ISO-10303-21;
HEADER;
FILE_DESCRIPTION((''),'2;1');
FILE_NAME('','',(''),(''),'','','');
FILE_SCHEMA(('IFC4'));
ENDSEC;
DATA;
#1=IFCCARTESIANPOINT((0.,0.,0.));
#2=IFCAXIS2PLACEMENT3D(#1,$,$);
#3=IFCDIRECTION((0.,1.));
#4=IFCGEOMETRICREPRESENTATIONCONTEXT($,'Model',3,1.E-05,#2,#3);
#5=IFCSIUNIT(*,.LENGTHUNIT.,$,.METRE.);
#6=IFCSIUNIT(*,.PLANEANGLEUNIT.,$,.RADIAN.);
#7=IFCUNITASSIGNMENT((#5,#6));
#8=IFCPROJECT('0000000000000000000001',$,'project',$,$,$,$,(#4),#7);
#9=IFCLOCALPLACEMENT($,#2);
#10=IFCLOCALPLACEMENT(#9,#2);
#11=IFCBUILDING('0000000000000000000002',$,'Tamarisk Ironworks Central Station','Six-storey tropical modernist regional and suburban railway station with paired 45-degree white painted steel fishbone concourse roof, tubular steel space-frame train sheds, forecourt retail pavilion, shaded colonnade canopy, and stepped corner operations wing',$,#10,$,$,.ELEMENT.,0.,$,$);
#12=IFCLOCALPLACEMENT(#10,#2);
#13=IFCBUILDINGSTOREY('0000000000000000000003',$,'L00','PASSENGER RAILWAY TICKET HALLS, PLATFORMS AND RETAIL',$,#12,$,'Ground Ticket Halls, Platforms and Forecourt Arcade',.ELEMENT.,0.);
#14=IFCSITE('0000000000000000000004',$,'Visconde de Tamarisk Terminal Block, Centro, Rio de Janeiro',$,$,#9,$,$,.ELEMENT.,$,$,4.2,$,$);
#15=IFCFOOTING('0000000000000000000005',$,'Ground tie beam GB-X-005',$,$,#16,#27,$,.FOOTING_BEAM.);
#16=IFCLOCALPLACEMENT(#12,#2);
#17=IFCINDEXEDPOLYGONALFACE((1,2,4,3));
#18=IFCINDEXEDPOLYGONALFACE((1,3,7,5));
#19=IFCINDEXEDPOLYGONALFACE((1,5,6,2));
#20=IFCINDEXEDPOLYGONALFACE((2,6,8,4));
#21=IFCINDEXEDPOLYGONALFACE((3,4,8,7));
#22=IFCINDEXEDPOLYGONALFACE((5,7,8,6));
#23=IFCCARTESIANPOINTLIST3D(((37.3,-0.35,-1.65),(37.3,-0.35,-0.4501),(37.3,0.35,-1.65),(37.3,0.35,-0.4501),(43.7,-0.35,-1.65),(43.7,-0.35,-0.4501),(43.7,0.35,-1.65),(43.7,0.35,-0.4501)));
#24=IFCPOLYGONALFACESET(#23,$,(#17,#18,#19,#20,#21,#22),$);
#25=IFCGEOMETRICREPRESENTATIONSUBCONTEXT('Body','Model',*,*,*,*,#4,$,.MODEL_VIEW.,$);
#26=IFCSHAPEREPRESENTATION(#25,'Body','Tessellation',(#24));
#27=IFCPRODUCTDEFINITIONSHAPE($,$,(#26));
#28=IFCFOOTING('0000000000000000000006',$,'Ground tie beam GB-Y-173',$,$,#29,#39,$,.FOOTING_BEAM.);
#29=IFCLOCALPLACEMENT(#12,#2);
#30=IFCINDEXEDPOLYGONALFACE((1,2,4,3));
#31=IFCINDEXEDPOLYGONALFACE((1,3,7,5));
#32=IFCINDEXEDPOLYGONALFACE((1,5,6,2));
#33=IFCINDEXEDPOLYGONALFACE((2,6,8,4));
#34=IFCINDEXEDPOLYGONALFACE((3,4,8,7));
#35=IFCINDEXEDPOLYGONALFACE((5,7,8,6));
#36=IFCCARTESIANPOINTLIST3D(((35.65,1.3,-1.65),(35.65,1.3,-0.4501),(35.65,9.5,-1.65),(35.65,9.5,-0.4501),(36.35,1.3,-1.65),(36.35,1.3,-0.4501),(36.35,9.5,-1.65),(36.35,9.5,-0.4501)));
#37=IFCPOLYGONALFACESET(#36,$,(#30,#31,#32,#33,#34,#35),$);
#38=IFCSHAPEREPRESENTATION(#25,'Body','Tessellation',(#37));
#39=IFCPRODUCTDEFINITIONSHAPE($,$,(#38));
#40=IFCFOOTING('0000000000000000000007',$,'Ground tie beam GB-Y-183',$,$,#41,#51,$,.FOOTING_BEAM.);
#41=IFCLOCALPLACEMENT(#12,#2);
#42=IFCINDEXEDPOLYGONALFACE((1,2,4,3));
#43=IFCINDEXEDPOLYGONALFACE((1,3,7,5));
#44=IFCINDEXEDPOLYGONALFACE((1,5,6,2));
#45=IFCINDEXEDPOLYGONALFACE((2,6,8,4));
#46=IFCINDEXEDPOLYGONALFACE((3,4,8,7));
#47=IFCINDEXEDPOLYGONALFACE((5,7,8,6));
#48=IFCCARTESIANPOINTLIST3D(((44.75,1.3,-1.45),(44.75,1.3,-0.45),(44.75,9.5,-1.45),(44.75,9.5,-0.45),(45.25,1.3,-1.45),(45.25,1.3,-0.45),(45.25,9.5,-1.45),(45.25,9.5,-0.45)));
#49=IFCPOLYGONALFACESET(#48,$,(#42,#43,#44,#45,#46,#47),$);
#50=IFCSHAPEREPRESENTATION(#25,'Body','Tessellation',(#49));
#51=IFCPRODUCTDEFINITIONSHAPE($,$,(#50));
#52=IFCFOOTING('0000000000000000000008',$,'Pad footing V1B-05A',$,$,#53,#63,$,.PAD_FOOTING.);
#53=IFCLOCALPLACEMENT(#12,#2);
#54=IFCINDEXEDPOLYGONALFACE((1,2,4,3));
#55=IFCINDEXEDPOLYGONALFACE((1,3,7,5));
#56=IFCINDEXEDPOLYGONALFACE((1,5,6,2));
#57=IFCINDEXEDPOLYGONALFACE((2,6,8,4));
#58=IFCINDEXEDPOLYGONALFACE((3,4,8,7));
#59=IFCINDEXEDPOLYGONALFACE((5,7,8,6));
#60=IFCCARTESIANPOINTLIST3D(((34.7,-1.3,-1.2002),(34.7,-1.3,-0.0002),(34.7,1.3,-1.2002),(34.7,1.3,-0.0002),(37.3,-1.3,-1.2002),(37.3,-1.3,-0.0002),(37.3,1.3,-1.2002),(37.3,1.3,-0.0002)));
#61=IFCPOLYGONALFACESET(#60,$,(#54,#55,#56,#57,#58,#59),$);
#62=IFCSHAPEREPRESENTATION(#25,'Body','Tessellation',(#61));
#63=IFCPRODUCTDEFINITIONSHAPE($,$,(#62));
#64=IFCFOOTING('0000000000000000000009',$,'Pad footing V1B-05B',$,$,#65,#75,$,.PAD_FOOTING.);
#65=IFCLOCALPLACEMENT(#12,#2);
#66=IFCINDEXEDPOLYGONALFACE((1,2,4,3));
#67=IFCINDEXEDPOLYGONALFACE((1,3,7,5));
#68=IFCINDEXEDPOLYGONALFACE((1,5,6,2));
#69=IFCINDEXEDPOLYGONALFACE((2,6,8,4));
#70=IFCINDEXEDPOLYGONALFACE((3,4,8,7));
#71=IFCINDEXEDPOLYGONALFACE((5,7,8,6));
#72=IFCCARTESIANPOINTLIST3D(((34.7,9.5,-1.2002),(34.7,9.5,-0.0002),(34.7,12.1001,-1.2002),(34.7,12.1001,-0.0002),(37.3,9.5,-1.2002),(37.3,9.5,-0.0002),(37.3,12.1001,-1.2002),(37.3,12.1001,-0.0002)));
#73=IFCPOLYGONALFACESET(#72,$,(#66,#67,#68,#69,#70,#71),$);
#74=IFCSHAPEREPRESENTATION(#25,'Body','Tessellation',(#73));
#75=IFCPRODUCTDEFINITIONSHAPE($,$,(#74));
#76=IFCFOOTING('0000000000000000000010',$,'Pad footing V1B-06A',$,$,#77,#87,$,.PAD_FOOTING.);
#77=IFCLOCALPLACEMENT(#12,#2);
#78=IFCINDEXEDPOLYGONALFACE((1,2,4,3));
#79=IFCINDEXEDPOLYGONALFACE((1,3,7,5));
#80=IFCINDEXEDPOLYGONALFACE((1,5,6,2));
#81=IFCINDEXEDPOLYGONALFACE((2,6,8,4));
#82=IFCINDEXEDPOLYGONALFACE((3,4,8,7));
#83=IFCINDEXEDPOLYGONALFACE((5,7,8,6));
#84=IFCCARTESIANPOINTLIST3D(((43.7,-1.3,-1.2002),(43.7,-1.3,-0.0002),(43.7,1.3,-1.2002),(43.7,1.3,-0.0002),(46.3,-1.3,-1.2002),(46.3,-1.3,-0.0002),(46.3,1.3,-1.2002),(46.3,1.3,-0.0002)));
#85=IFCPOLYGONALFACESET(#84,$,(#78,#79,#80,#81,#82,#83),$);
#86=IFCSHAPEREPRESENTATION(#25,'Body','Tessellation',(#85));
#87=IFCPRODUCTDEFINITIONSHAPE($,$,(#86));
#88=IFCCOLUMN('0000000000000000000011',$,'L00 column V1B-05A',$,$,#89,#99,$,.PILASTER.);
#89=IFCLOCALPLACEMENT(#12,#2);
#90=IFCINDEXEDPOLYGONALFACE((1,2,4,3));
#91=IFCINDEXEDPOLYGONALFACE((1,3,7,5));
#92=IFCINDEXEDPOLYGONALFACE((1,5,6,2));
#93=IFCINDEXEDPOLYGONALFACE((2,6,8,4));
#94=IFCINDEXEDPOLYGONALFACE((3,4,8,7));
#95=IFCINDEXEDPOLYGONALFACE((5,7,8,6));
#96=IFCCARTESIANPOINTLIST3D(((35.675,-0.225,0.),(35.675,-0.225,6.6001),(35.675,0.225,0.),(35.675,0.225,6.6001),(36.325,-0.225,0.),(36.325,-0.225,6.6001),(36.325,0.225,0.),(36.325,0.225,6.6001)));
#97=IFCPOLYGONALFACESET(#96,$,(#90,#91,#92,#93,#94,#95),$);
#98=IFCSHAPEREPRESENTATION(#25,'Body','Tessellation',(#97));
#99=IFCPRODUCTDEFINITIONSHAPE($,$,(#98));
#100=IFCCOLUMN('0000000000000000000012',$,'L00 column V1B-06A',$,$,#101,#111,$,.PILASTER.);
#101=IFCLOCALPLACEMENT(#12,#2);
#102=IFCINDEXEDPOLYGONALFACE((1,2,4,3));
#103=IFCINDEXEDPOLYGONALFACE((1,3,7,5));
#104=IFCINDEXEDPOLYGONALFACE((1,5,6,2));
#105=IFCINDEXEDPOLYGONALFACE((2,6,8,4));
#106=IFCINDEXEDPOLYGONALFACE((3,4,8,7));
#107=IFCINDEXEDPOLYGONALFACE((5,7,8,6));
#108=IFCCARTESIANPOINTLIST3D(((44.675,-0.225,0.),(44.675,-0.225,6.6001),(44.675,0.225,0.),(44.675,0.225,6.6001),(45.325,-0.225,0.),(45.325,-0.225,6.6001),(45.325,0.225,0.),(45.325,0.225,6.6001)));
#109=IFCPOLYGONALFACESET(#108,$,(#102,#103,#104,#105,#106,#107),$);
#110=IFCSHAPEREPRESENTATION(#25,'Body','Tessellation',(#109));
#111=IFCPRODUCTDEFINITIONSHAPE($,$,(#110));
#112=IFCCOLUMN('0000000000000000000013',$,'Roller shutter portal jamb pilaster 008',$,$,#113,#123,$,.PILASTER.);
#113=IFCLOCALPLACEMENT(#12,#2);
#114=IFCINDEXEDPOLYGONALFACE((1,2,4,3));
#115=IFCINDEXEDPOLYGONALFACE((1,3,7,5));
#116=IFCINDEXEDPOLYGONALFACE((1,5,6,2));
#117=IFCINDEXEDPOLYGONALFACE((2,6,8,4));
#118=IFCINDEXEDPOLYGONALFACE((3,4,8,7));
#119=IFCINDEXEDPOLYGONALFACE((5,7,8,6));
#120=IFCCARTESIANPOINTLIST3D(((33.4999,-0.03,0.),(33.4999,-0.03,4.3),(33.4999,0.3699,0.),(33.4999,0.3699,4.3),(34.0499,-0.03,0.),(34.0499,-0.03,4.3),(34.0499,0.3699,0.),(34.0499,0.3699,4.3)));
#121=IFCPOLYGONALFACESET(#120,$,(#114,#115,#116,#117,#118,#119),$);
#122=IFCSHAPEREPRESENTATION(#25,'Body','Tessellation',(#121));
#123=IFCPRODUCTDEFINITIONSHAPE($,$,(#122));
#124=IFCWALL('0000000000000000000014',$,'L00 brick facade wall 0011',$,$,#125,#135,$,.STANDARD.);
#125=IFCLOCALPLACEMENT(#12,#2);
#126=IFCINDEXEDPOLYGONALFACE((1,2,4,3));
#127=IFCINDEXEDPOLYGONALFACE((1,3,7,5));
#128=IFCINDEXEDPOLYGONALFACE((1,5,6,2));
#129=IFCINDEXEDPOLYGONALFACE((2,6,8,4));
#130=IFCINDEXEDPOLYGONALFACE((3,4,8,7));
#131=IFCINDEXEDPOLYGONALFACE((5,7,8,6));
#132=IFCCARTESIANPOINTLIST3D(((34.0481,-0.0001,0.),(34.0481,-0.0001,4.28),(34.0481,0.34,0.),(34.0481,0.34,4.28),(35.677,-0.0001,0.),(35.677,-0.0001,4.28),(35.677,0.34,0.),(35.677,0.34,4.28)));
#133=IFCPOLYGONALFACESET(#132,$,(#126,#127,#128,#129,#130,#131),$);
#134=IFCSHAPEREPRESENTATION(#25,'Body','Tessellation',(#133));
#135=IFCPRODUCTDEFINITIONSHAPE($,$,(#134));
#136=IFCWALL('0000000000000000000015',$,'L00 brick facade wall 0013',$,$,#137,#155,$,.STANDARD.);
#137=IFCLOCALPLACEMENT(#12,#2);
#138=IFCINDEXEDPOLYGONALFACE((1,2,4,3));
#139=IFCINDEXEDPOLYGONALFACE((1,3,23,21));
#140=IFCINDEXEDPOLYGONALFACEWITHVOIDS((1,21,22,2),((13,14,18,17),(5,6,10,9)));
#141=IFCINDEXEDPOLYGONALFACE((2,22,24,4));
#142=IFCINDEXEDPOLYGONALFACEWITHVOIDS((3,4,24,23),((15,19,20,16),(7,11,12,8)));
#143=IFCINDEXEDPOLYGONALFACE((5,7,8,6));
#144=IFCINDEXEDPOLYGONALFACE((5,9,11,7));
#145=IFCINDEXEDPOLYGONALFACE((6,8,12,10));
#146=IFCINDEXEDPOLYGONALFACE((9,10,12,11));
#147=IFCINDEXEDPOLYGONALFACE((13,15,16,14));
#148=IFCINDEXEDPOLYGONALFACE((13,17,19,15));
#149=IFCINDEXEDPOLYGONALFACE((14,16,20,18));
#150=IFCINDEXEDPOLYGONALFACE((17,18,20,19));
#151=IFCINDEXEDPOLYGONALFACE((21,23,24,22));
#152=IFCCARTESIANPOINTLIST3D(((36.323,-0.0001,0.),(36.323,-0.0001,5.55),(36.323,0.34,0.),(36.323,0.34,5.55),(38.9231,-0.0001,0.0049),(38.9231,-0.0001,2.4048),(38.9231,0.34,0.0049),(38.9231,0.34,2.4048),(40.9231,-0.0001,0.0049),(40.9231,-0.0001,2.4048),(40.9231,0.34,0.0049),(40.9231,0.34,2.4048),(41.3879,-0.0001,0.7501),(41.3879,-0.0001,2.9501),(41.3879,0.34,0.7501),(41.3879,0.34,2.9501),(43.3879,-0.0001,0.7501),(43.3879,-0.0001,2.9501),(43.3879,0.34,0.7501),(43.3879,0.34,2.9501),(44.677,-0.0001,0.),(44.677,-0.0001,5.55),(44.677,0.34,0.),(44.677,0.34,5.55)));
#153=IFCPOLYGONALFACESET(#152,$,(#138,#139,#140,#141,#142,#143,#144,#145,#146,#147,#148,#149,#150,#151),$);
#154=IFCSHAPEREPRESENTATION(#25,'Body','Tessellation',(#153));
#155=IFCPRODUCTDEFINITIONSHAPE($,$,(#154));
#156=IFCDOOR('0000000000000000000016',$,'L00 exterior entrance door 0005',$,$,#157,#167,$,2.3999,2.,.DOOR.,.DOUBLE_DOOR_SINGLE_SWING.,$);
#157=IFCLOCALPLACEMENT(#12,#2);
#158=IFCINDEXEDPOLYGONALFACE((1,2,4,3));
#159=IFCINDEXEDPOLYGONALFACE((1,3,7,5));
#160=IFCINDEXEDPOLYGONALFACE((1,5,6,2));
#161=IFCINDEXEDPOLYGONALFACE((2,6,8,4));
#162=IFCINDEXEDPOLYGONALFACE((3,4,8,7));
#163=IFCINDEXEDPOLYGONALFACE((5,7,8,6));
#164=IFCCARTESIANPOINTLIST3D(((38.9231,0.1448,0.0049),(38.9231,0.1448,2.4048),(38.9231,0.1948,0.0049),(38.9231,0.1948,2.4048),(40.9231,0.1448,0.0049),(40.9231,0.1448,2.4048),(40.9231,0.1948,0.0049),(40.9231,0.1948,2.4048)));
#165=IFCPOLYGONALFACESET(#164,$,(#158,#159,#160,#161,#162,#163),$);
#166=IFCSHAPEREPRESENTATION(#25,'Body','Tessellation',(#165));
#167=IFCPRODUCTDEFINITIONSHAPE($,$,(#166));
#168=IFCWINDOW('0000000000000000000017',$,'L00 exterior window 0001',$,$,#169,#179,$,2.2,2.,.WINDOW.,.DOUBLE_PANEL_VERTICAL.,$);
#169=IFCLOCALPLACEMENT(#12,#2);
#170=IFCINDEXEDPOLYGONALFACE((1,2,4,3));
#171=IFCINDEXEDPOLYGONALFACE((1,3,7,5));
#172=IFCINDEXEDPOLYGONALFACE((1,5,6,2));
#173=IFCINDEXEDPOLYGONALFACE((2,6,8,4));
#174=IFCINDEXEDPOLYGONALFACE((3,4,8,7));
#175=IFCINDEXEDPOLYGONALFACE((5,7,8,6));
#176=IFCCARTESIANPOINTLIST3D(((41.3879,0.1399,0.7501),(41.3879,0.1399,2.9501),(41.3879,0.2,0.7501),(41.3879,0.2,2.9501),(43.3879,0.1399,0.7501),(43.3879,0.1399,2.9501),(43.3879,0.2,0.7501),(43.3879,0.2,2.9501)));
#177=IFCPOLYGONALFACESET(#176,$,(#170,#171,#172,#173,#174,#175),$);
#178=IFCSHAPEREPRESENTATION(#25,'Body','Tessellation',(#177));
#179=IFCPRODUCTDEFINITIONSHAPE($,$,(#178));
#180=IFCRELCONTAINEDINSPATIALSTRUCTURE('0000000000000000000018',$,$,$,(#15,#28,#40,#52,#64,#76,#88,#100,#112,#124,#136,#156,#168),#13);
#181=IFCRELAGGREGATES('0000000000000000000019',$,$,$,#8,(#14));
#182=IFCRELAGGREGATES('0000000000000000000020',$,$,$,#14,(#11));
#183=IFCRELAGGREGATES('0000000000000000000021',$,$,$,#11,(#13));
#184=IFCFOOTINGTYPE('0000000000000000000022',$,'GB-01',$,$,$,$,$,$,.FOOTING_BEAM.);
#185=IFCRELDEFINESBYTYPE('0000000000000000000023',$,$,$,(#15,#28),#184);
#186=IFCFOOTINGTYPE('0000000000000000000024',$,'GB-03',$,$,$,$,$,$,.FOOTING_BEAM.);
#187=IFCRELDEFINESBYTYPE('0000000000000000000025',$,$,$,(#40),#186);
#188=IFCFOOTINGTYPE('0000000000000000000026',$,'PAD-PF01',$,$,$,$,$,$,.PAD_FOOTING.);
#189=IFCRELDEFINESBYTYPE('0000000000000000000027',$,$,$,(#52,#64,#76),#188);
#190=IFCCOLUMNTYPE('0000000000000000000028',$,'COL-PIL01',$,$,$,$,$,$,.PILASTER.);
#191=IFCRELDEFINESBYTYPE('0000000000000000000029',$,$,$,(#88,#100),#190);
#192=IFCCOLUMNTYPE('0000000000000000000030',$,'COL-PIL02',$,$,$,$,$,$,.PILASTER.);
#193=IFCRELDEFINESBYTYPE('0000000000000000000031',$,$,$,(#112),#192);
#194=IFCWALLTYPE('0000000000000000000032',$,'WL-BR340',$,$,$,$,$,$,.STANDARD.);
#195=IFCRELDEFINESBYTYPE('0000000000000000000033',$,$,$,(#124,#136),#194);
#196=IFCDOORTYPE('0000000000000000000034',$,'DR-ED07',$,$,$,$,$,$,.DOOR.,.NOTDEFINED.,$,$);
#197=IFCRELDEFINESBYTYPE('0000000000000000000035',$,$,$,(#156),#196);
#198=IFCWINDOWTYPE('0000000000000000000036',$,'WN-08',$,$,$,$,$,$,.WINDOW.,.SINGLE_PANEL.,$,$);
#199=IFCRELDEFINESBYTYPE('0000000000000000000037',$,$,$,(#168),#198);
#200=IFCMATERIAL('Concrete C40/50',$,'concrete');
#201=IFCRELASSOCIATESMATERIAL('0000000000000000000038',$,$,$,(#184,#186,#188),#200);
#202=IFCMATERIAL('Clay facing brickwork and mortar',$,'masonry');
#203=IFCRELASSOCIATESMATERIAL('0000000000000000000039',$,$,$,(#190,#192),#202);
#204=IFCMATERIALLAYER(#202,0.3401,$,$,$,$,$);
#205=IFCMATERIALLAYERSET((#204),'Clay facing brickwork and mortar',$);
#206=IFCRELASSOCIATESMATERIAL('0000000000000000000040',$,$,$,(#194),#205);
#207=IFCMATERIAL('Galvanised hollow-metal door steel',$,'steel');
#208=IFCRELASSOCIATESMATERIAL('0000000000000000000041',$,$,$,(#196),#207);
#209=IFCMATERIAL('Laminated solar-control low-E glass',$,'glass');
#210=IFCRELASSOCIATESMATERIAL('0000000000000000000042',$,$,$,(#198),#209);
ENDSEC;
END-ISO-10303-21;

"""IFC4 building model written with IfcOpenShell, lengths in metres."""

from ifc_helpers import new_model, si_unit, direction, frame, frame_2d, origin, origin_2d, place, context, subcontext, project, spatial, rectangle, extrude, material, layer, layer_set, material_profile, profile_set, type_object, element, fill, save


model = new_model("IFC4")

# Units and contexts
model_context = context("Model", 3, precision=1e-05, world=origin(), true_north=direction((0.0, 1.0)))
body_context = subcontext(model_context, "Body", "Model", "MODEL_VIEW")
ifc_project = project(units=[si_unit("LENGTHUNIT", "METRE"), si_unit("PLANEANGLEUNIT", "RADIAN")], contexts=[model_context])

# Site, building, storey
site_placement = place(None, origin())
site = spatial("IfcSite", under=ifc_project, at=site_placement, Name="Visconde de Tamarisk Terminal Block, Centro, Rio de Janeiro", CompositionType="ELEMENT", RefElevation=4.2)
building_placement = place(site_placement, origin())
building = spatial("IfcBuilding", under=site, at=building_placement, Name="Tamarisk Ironworks Central Station", Description="Six-storey tropical modernist regional and suburban railway station with paired 45-degree white painted steel fishbone concourse roof, tubular steel space-frame train sheds, forecourt retail pavilion, shaded colonnade canopy, and stepped corner operations wing", CompositionType="ELEMENT", ElevationOfRefHeight=0.0)
storey_placement = place(building_placement, origin())
storey = spatial("IfcBuildingStorey", under=building, at=storey_placement, Name="L00", Description="PASSENGER RAILWAY TICKET HALLS, PLATFORMS AND RETAIL", LongName="Ground Ticket Halls, Platforms and Forecourt Arcade", CompositionType="ELEMENT", Elevation=0.0)

# Footings
ifc_material_1 = material(Name="Concrete C40/50", Category="concrete")
ifc_material_profile_1 = material_profile(ifc_material_1, rectangle(XDim=0.7, YDim=1.2, at=origin_2d()), Name="GB01 700x1200")
ifc_profile_set_1 = profile_set([ifc_material_profile_1], Name="Concrete C40/50")
footing_type_1 = type_object("IfcFootingType", Name="GB-01", PredefinedType="FOOTING_BEAM", material=ifc_profile_set_1)
footing_1_placement = place(storey_placement, frame((37.3, 0.0, -1.05), z_axis=(1.0, 0.0, 0.0), x_axis=(0.0, 1.0, 0.0)))
element("IfcFooting", 1, at=footing_1_placement, inside=storey, type_object=footing_type_1, Name="Ground tie beam GB-X-005", PredefinedType="FOOTING_BEAM", context=body_context, shape_type="SweptSolid", body=[
    extrude(rectangle(XDim=0.7, YDim=1.2, at=origin_2d()), origin(), (0.0, 0.0, 1.0), 6.3999),
])
footing_2_placement = place(storey_placement, frame((36.0, 1.3, -1.05), z_axis=(0.0, 1.0, 0.0), x_axis=(-1.0, 0.0, 0.0)))
element("IfcFooting", 2, at=footing_2_placement, inside=storey, type_object=footing_type_1, Name="Ground tie beam GB-Y-173", PredefinedType="FOOTING_BEAM", context=body_context, shape_type="SweptSolid", body=[
    extrude(rectangle(XDim=0.7, YDim=1.2, at=origin_2d()), origin(), (0.0, 0.0, 1.0), 8.2),
])
ifc_material_profile_2 = material_profile(ifc_material_1, rectangle(XDim=0.5, YDim=1.0, at=origin_2d()), Name="GB03 500x1000")
ifc_profile_set_2 = profile_set([ifc_material_profile_2], Name="Concrete C40/50")
footing_type_2 = type_object("IfcFootingType", Name="GB-03", PredefinedType="FOOTING_BEAM", material=ifc_profile_set_2)
footing_3_placement = place(storey_placement, frame((45.0, 1.3, -0.95), z_axis=(0.0, 1.0, 0.0), x_axis=(-1.0, 0.0, 0.0)))
element("IfcFooting", 3, at=footing_3_placement, inside=storey, type_object=footing_type_2, Name="Ground tie beam GB-Y-183", PredefinedType="FOOTING_BEAM", context=body_context, shape_type="SweptSolid", body=[
    extrude(rectangle(XDim=0.5, YDim=1.0, at=origin_2d()), origin(), (0.0, 0.0, 1.0), 8.2),
])
footing_type_3 = type_object("IfcFootingType", Name="PAD-PF01", PredefinedType="PAD_FOOTING", material=ifc_material_1)
for number, where, z_axis, x_axis, name in (
    (4, (36.0, 0.0, -1.2002), (0.0, 0.0, 1.0), (1.0, 0.0, 0.0), "Pad footing V1B-05A"),
    (5, (36.0, 10.8, -1.2002), (0.0, 0.0, 1.0), (1.0, 0.0, 0.0), "Pad footing V1B-05B"),
    (6, (45.0, 0.0, -1.2002), (0.0, 0.0, 1.0), (1.0, 0.0, 0.0), "Pad footing V1B-06A"),
):
    element("IfcFooting", number, at=place(storey_placement, frame(where, z_axis=z_axis, x_axis=x_axis)), inside=storey, type_object=footing_type_3, Name=name, PredefinedType="PAD_FOOTING", context=body_context, shape_type="SweptSolid", body=[
        extrude(rectangle(XDim=2.6001, YDim=2.6001, at=origin_2d()), origin(), (0.0, 0.0, 1.0), 1.2),
    ])

# Columns
ifc_material_2 = material(Name="Clay facing brickwork and mortar", Category="masonry")
ifc_material_profile_3 = material_profile(ifc_material_2, rectangle(XDim=0.6499, YDim=0.45, at=origin_2d()), Name="PIL 650x450")
ifc_profile_set_3 = profile_set([ifc_material_profile_3], Name="Clay facing brickwork and mortar")
column_type_1 = type_object("IfcColumnType", Name="COL-PIL01", PredefinedType="PILASTER", material=ifc_profile_set_3)
for number, where, z_axis, x_axis, name in (
    (7, (36.0, 0.0, 0.0), (0.0, 0.0, 1.0), (1.0, 0.0, 0.0), "L00 column V1B-05A"),
    (8, (45.0, 0.0, 0.0), (0.0, 0.0, 1.0), (1.0, 0.0, 0.0), "L00 column V1B-06A"),
):
    element("IfcColumn", number, at=place(storey_placement, frame(where, z_axis=z_axis, x_axis=x_axis)), inside=storey, type_object=column_type_1, Name=name, PredefinedType="PILASTER", context=body_context, shape_type="SweptSolid", body=[
        extrude(rectangle(XDim=0.6499, YDim=0.45, at=origin_2d()), origin(), (0.0, 0.0, 1.0), 6.6001),
    ])
ifc_material_profile_4 = material_profile(ifc_material_2, rectangle(XDim=0.55, YDim=0.3999, at=origin_2d()), Name="PIL 550x400")
ifc_profile_set_4 = profile_set([ifc_material_profile_4], Name="Clay facing brickwork and mortar")
column_type_2 = type_object("IfcColumnType", Name="COL-PIL02", PredefinedType="PILASTER", material=ifc_profile_set_4)
column_placement = place(storey_placement, frame((33.7749, 0.1699, 0.0), z_axis=(0.0, 0.0, 1.0), x_axis=(1.0, 0.0, 0.0)))
element("IfcColumn", 9, at=column_placement, inside=storey, type_object=column_type_2, Name="Roller shutter portal jamb pilaster 008", PredefinedType="PILASTER", context=body_context, shape_type="SweptSolid", body=[
    extrude(rectangle(XDim=0.55, YDim=0.3999, at=origin_2d()), origin(), (0.0, 0.0, 1.0), 4.3),
])

# Wall
ifc_layer = layer(ifc_material_2, 0.3401)
ifc_layer_set = layer_set([ifc_layer], Name="Clay facing brickwork and mortar")
wall_type = type_object("IfcWallType", Name="WL-BR340", PredefinedType="STANDARD", material=ifc_layer_set)
wall_1_placement = place(storey_placement, frame((34.0481, 0.1699, 0.0), z_axis=(0.0, 0.0, 1.0), x_axis=(1.0, 0.0, 0.0)))
element("IfcWall", 10, at=wall_1_placement, inside=storey, type_object=wall_type, Name="L00 brick facade wall 0011", PredefinedType="STANDARD", context=body_context, shape_type="SweptSolid", body=[
    extrude(rectangle(XDim=1.6289, YDim=0.3401, at=frame_2d((0.8145, 0.0))), origin(), (0.0, 0.0, 1.0), 4.28),
])

# Wall, openings, door, window
wall_2_placement = place(storey_placement, frame((36.323, 0.1699, 0.0), z_axis=(0.0, 0.0, 1.0), x_axis=(1.0, 0.0, 0.0)))
wall_2 = element("IfcWall", 11, at=wall_2_placement, inside=storey, type_object=wall_type, Name="L00 brick facade wall 0013", PredefinedType="STANDARD", context=body_context, shape_type="SweptSolid", body=[
    extrude(rectangle(XDim=8.354, YDim=0.3401, at=frame_2d((4.177, 0.0))), origin(), (0.0, 0.0, 1.0), 5.55),
])
opening_1_placement = place(wall_2_placement, frame((2.6001, 0.0, 0.0049)))
opening_1 = element("IfcOpeningElement", 12, at=opening_1_placement, cuts=wall_2, PredefinedType="OPENING", context=body_context, shape_type="SweptSolid", body=[
    extrude(rectangle(XDim=2.0, YDim=2.3999, at=frame_2d((1.0, 1.2))), frame((0.0, 0.1821, 0.0), z_axis=(0.0, -1.0, 0.0), x_axis=(1.0, 0.0, 0.0)), (0.0, 0.0, 1.0), 0.364),
])
opening_2_placement = place(wall_2_placement, frame((5.0649, 0.0, 0.75)))
opening_2 = element("IfcOpeningElement", 13, at=opening_2_placement, cuts=wall_2, PredefinedType="OPENING", context=body_context, shape_type="SweptSolid", body=[
    extrude(rectangle(XDim=2.0, YDim=2.2, at=frame_2d((1.0, 1.1001))), frame((0.0, 0.1821, 0.0), z_axis=(0.0, -1.0, 0.0), x_axis=(1.0, 0.0, 0.0)), (0.0, 0.0, 1.0), 0.364),
])
ifc_material_3 = material(Name="Galvanised hollow-metal door steel", Category="steel")
door_type = type_object("IfcDoorType", Name="DR-ED07", OperationType="NOTDEFINED", PredefinedType="DOOR", material=ifc_material_3)
door_placement = place(opening_1_placement, origin())
door = element("IfcDoor", 14, at=door_placement, inside=storey, type_object=door_type, Name="L00 exterior entrance door 0005", OperationType="DOUBLE_DOOR_SINGLE_SWING", OverallHeight=2.3999, OverallWidth=2.0, PredefinedType="DOOR", context=body_context, shape_type="SweptSolid", body=[
    extrude(rectangle(XDim=2.0, YDim=2.3999, at=frame_2d((1.0, 1.2))), frame((0.0, 0.0249, 0.0), z_axis=(0.0, -1.0, 0.0), x_axis=(1.0, 0.0, 0.0)), (0.0, 0.0, 1.0), 0.05),
])
fill(opening_1, door)
ifc_material_4 = material(Name="Laminated solar-control low-E glass", Category="glass")
window_type_1 = type_object("IfcWindowType", Name="WN-08", PartitioningType="SINGLE_PANEL", PredefinedType="WINDOW", material=ifc_material_4)
window_1_placement = place(opening_2_placement, origin())
window_1 = element("IfcWindow", 15, at=window_1_placement, inside=storey, type_object=window_type_1, Name="L00 exterior window 0001", OverallHeight=2.2, OverallWidth=2.0, PartitioningType="DOUBLE_PANEL_VERTICAL", PredefinedType="WINDOW", context=body_context, shape_type="SweptSolid", body=[
    extrude(rectangle(XDim=2.0, YDim=2.2, at=frame_2d((1.0, 1.1001))), frame((0.0, 0.03, 0.0), z_axis=(0.0, -1.0, 0.0), x_axis=(1.0, 0.0, 0.0)), (0.0, 0.0, 1.0), 0.0601),
])
fill(opening_2, window_1)

save(model, "model.ifc")
